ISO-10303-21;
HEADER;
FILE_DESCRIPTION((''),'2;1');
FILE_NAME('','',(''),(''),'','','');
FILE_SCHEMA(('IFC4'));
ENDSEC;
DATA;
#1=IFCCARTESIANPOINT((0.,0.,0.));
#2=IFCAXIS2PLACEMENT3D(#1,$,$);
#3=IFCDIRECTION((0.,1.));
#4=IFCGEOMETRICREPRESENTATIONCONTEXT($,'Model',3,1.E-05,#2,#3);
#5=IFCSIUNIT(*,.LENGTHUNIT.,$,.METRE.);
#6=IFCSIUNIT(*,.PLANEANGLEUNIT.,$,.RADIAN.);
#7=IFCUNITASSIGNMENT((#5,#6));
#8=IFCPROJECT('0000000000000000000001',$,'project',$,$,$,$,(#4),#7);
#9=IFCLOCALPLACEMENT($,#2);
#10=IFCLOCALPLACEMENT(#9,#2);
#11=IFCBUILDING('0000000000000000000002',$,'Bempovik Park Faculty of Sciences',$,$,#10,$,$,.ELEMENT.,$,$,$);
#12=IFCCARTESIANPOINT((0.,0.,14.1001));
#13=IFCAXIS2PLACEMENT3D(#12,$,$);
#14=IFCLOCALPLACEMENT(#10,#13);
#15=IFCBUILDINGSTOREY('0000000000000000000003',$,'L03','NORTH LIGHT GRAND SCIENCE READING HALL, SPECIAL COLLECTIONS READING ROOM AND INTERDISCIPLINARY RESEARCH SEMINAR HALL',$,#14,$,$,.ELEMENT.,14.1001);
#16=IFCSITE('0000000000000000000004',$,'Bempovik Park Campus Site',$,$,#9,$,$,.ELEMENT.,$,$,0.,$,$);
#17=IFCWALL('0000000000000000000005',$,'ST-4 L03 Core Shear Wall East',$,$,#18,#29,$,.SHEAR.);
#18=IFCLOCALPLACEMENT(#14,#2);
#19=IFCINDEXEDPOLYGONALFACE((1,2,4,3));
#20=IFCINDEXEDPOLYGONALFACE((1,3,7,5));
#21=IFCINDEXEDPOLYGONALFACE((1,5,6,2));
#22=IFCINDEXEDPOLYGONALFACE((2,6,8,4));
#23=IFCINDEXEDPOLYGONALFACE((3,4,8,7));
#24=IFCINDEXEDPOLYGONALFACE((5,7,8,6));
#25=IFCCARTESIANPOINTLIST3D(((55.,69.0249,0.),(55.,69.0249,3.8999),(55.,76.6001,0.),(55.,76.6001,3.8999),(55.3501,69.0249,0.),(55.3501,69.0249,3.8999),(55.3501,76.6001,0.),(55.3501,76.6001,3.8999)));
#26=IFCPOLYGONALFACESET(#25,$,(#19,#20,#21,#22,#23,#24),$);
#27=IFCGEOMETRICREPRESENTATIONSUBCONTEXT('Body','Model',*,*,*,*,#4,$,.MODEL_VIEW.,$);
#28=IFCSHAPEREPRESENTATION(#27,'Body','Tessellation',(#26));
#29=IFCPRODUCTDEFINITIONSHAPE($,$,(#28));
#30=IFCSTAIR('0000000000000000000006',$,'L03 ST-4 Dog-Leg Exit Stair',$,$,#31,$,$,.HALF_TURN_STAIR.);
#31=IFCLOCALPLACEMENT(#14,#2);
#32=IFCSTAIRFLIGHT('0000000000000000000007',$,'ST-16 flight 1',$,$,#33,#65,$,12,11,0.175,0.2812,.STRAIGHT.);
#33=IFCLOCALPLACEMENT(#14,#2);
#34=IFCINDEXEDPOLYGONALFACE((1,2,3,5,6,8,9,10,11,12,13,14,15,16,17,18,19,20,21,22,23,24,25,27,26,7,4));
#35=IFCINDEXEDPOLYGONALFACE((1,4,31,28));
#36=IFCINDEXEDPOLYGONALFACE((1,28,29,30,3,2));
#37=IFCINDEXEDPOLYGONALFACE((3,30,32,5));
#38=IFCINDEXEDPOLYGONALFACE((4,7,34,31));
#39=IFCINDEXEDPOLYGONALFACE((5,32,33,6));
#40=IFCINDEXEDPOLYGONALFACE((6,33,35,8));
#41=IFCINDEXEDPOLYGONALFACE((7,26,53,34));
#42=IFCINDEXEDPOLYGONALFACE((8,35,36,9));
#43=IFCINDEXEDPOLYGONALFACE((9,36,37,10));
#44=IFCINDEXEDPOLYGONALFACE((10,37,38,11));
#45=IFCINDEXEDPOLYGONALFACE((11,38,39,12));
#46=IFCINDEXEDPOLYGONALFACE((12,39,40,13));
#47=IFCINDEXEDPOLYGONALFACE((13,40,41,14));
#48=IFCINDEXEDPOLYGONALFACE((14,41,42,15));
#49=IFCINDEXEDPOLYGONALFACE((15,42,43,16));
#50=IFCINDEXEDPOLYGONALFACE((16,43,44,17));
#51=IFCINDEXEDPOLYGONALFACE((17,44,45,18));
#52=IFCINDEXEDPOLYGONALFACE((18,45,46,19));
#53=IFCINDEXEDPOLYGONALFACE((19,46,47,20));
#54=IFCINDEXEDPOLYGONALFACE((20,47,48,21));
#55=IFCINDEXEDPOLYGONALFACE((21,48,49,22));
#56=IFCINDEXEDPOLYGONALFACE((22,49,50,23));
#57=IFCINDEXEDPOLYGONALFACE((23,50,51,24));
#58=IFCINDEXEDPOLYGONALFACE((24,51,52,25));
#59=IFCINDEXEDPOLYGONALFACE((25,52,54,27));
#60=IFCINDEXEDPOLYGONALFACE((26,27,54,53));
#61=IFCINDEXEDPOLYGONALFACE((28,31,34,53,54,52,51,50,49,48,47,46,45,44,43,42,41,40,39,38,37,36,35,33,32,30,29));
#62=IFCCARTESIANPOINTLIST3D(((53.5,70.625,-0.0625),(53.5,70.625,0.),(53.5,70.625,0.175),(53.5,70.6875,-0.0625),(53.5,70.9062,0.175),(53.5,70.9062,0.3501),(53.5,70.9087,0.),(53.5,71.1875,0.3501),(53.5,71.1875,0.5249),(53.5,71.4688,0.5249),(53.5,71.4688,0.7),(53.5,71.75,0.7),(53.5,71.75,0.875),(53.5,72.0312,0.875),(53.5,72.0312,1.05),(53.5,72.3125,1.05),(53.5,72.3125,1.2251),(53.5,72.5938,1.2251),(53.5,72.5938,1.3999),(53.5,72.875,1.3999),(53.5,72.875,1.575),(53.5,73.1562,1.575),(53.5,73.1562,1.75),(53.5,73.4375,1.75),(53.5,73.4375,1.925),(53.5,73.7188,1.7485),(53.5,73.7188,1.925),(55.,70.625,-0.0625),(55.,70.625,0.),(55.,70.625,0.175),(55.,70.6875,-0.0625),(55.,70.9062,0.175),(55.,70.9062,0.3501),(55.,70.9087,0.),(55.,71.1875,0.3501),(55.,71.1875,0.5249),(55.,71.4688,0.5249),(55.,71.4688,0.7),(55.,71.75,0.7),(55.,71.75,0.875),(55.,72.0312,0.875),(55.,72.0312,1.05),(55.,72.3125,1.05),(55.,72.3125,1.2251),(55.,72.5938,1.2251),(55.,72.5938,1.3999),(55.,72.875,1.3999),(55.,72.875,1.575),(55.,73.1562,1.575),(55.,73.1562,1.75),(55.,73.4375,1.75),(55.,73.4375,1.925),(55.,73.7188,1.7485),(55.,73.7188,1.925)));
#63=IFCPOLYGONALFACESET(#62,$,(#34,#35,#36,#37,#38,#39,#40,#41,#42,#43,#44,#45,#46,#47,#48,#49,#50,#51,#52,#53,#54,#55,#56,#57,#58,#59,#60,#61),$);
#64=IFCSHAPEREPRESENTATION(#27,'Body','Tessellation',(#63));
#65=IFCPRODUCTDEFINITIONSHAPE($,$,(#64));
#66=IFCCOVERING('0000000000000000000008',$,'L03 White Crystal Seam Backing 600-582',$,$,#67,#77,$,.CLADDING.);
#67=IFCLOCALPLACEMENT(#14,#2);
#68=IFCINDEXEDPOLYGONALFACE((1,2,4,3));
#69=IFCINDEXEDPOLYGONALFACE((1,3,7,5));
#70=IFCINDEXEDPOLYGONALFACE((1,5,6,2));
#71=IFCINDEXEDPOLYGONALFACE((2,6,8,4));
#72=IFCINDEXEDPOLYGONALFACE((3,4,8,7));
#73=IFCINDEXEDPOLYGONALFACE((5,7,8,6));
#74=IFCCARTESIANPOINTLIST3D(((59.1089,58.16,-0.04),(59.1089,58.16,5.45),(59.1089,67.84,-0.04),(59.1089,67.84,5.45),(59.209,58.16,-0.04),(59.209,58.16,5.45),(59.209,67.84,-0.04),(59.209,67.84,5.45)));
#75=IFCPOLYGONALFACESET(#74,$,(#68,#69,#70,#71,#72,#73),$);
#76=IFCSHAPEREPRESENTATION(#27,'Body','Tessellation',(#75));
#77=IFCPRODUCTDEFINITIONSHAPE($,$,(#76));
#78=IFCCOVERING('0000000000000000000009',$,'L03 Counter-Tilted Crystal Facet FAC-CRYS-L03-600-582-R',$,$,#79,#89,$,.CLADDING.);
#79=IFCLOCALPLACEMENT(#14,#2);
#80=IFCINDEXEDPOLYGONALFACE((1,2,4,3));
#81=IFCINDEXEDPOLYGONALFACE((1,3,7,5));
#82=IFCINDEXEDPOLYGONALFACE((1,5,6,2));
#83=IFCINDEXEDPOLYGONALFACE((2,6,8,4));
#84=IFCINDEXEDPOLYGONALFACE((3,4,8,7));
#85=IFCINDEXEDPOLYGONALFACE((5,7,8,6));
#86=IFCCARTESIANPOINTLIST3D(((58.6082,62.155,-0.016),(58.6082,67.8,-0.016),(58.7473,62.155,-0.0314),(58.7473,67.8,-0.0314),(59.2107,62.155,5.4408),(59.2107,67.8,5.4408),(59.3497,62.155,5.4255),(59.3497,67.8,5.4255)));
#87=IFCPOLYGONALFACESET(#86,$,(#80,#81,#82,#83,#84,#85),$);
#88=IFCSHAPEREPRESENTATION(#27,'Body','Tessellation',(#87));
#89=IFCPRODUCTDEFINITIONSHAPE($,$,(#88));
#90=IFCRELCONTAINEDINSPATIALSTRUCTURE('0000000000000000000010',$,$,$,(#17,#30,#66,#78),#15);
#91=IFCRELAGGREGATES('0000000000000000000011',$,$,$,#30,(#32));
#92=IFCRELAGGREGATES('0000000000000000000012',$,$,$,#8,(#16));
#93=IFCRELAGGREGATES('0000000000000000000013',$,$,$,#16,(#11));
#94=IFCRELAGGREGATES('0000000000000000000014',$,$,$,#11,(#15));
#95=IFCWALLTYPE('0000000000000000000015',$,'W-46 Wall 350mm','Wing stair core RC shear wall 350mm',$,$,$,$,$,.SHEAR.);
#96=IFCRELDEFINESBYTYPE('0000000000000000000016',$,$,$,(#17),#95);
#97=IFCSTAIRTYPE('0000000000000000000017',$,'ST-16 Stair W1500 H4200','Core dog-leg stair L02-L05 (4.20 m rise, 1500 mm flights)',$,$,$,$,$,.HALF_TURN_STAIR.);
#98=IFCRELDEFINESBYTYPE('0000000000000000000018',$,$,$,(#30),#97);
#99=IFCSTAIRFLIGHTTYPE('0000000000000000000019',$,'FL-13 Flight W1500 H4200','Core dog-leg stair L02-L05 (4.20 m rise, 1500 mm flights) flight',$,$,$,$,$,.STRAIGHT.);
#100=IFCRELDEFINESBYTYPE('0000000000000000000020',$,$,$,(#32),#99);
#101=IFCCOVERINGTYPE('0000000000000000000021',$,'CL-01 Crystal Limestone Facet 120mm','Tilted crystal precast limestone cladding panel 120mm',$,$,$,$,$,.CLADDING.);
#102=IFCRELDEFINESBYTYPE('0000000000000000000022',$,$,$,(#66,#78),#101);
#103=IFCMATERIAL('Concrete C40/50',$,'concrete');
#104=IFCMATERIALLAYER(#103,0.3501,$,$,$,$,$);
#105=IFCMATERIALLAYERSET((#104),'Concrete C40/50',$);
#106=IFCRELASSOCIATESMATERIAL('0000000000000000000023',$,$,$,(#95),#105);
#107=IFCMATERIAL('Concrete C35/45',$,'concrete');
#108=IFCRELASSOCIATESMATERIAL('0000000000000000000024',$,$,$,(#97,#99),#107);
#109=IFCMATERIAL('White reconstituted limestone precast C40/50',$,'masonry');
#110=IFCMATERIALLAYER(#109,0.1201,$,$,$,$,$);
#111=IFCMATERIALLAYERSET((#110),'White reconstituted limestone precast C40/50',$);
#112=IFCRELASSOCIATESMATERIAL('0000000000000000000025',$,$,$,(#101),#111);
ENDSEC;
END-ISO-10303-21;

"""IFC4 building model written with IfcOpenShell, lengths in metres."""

from ifc_helpers import new_model, si_unit, direction, frame, frame_2d, origin, origin_2d, place, context, subcontext, project, spatial, polyline, rectangle, outline, extrude, material, layer, layer_set, type_object, element, aggregate, save


model = new_model("IFC4")

# Units and contexts
model_context = context("Model", 3, precision=1e-05, world=origin(), true_north=direction((0.0, 1.0)))
body_context = subcontext(model_context, "Body", "Model", "MODEL_VIEW")
ifc_project = project(units=[si_unit("LENGTHUNIT", "METRE"), si_unit("PLANEANGLEUNIT", "RADIAN")], contexts=[model_context])

# Site, building, storey
site_placement = place(None, origin())
site = spatial("IfcSite", under=ifc_project, at=site_placement, Name="Bempovik Park Campus Site", CompositionType="ELEMENT", RefElevation=0.0)
building_placement = place(site_placement, origin())
building = spatial("IfcBuilding", under=site, at=building_placement, Name="Bempovik Park Faculty of Sciences", CompositionType="ELEMENT")
storey_placement = place(building_placement, frame((0.0, 0.0, 14.1001)))
storey = spatial("IfcBuildingStorey", under=building, at=storey_placement, Name="L03", Description="NORTH LIGHT GRAND SCIENCE READING HALL, SPECIAL COLLECTIONS READING ROOM AND INTERDISCIPLINARY RESEARCH SEMINAR HALL", CompositionType="ELEMENT", Elevation=14.1001)

# Shared definitions
ifc_material_1 = material(Name="Concrete C40/50", Category="concrete")

# Wall
ifc_layer_1 = layer(ifc_material_1, 0.3501)
ifc_layer_set_1 = layer_set([ifc_layer_1], Name="Concrete C40/50")
wall_type_1 = type_object("IfcWallType", Name="W-46 Wall 350mm", Description="Wing stair core RC shear wall 350mm", PredefinedType="SHEAR", material=ifc_layer_set_1)
wall_1_placement = place(storey_placement, frame((55.175, 69.0249, 0.0), z_axis=(0.0, 0.0, 1.0), x_axis=(0.0, 1.0, 0.0)))
element("IfcWall", 1, at=wall_1_placement, inside=storey, type_object=wall_type_1, Name="ST-4 L03 Core Shear Wall East", PredefinedType="SHEAR", context=body_context, shape_type="SweptSolid", body=[
    extrude(rectangle(XDim=7.5752, YDim=0.3501, at=frame_2d((3.7876, 0.0))), origin(), (0.0, 0.0, 1.0), 3.8999),
])

# Stair, stair flight
ifc_material_2 = material(Name="Concrete C35/45", Category="concrete")
stair_type = type_object("IfcStairType", Name="ST-16 Stair W1500 H4200", Description="Core dog-leg stair L02-L05 (4.20 m rise, 1500 mm flights)", PredefinedType="HALF_TURN_STAIR", material=ifc_material_2)
stair_placement = place(storey_placement, origin())
stair = element("IfcStair", 2, at=stair_placement, inside=storey, type_object=stair_type, Name="L03 ST-4 Dog-Leg Exit Stair", PredefinedType="HALF_TURN_STAIR")
stair_flight_type = type_object("IfcStairFlightType", Name="FL-13 Flight W1500 H4200", Description="Core dog-leg stair L02-L05 (4.20 m rise, 1500 mm flights) flight", PredefinedType="STRAIGHT", material=ifc_material_2)
stair_flight_placement = place(storey_placement, frame((54.25, 70.625, 0.0), z_axis=(0.0, 0.0, 1.0), x_axis=(0.0, 1.0, 0.0)))
stair_flight = element("IfcStairFlight", 3, at=stair_flight_placement, type_object=stair_flight_type, Name="ST-16 flight 1", NumberOfRisers=12, NumberOfTreads=11, PredefinedType="STRAIGHT", RiserHeight=0.175, TreadLength=0.2812, context=body_context, shape_type="SweptSolid", body=[
    extrude(outline(polyline([(0.0, 0.0), (0.0, 0.175), (0.2812, 0.175), (0.2812, 0.3501), (0.5625, 0.3501), (0.5625, 0.5249), (0.8438, 0.5249), (0.8438, 0.7), (1.125, 0.7), (1.125, 0.875), (1.4062, 0.875), (1.4062, 1.05), (1.6875, 1.05), (1.6875, 1.2251), (1.9688, 1.2251), (1.9688, 1.3999), (2.25, 1.3999), (2.25, 1.575), (2.5312, 1.575), (2.5312, 1.75), (2.8125, 1.75), (2.8125, 1.925), (3.0938, 1.925), (3.0938, 2.1001), (3.0938, 1.7485), (0.2837, 0.0), (0.0625, -0.0625), (0.0, -0.0625), (0.0, 0.0)])), frame((0.0, 0.75, 0.0), z_axis=(0.0, -1.0, 0.0), x_axis=(1.0, 0.0, 0.0)), (0.0, 0.0, 1.0), 1.5),
])
aggregate(stair, [stair_flight])

# Coverings
ifc_material_3 = material(Name="White reconstituted limestone precast C40/50", Category="masonry")
ifc_layer_2 = layer(ifc_material_3, 0.1201)
ifc_layer_set_2 = layer_set([ifc_layer_2], Name="White reconstituted limestone precast C40/50")
covering_type = type_object("IfcCoveringType", Name="CL-01 Crystal Limestone Facet 120mm", Description="Tilted crystal precast limestone cladding panel 120mm", PredefinedType="CLADDING", material=ifc_layer_set_2)
covering_1_placement = place(storey_placement, frame((59.1589, 63.0, -0.04), z_axis=(0.0, 0.0, 1.0), x_axis=(1.0, 0.0, 0.0)))
element("IfcCovering", 4, at=covering_1_placement, inside=storey, type_object=covering_type, Name="L03 White Crystal Seam Backing 600-582", PredefinedType="CLADDING", context=body_context, shape_type="SweptSolid", body=[
    extrude(rectangle(XDim=0.1001, YDim=9.6799, at=origin_2d()), origin(), (0.0, 0.0, 1.0), 5.49),
])
covering_2_placement = place(storey_placement, frame((58.6777, 64.9775, -0.0237), z_axis=(0.109734, 0.0, 0.993961), x_axis=(0.0, 1.0, 0.0)))
element("IfcCovering", 5, at=covering_2_placement, inside=storey, type_object=covering_type, Name="L03 Counter-Tilted Crystal Facet FAC-CRYS-L03-600-582-R", PredefinedType="CLADDING", context=body_context, shape_type="SweptSolid", body=[
    extrude(rectangle(XDim=5.645, YDim=0.1399, at=origin_2d()), origin(), (0.0, 0.0, 1.0), 5.49),
])

save(model, "model.ifc")
